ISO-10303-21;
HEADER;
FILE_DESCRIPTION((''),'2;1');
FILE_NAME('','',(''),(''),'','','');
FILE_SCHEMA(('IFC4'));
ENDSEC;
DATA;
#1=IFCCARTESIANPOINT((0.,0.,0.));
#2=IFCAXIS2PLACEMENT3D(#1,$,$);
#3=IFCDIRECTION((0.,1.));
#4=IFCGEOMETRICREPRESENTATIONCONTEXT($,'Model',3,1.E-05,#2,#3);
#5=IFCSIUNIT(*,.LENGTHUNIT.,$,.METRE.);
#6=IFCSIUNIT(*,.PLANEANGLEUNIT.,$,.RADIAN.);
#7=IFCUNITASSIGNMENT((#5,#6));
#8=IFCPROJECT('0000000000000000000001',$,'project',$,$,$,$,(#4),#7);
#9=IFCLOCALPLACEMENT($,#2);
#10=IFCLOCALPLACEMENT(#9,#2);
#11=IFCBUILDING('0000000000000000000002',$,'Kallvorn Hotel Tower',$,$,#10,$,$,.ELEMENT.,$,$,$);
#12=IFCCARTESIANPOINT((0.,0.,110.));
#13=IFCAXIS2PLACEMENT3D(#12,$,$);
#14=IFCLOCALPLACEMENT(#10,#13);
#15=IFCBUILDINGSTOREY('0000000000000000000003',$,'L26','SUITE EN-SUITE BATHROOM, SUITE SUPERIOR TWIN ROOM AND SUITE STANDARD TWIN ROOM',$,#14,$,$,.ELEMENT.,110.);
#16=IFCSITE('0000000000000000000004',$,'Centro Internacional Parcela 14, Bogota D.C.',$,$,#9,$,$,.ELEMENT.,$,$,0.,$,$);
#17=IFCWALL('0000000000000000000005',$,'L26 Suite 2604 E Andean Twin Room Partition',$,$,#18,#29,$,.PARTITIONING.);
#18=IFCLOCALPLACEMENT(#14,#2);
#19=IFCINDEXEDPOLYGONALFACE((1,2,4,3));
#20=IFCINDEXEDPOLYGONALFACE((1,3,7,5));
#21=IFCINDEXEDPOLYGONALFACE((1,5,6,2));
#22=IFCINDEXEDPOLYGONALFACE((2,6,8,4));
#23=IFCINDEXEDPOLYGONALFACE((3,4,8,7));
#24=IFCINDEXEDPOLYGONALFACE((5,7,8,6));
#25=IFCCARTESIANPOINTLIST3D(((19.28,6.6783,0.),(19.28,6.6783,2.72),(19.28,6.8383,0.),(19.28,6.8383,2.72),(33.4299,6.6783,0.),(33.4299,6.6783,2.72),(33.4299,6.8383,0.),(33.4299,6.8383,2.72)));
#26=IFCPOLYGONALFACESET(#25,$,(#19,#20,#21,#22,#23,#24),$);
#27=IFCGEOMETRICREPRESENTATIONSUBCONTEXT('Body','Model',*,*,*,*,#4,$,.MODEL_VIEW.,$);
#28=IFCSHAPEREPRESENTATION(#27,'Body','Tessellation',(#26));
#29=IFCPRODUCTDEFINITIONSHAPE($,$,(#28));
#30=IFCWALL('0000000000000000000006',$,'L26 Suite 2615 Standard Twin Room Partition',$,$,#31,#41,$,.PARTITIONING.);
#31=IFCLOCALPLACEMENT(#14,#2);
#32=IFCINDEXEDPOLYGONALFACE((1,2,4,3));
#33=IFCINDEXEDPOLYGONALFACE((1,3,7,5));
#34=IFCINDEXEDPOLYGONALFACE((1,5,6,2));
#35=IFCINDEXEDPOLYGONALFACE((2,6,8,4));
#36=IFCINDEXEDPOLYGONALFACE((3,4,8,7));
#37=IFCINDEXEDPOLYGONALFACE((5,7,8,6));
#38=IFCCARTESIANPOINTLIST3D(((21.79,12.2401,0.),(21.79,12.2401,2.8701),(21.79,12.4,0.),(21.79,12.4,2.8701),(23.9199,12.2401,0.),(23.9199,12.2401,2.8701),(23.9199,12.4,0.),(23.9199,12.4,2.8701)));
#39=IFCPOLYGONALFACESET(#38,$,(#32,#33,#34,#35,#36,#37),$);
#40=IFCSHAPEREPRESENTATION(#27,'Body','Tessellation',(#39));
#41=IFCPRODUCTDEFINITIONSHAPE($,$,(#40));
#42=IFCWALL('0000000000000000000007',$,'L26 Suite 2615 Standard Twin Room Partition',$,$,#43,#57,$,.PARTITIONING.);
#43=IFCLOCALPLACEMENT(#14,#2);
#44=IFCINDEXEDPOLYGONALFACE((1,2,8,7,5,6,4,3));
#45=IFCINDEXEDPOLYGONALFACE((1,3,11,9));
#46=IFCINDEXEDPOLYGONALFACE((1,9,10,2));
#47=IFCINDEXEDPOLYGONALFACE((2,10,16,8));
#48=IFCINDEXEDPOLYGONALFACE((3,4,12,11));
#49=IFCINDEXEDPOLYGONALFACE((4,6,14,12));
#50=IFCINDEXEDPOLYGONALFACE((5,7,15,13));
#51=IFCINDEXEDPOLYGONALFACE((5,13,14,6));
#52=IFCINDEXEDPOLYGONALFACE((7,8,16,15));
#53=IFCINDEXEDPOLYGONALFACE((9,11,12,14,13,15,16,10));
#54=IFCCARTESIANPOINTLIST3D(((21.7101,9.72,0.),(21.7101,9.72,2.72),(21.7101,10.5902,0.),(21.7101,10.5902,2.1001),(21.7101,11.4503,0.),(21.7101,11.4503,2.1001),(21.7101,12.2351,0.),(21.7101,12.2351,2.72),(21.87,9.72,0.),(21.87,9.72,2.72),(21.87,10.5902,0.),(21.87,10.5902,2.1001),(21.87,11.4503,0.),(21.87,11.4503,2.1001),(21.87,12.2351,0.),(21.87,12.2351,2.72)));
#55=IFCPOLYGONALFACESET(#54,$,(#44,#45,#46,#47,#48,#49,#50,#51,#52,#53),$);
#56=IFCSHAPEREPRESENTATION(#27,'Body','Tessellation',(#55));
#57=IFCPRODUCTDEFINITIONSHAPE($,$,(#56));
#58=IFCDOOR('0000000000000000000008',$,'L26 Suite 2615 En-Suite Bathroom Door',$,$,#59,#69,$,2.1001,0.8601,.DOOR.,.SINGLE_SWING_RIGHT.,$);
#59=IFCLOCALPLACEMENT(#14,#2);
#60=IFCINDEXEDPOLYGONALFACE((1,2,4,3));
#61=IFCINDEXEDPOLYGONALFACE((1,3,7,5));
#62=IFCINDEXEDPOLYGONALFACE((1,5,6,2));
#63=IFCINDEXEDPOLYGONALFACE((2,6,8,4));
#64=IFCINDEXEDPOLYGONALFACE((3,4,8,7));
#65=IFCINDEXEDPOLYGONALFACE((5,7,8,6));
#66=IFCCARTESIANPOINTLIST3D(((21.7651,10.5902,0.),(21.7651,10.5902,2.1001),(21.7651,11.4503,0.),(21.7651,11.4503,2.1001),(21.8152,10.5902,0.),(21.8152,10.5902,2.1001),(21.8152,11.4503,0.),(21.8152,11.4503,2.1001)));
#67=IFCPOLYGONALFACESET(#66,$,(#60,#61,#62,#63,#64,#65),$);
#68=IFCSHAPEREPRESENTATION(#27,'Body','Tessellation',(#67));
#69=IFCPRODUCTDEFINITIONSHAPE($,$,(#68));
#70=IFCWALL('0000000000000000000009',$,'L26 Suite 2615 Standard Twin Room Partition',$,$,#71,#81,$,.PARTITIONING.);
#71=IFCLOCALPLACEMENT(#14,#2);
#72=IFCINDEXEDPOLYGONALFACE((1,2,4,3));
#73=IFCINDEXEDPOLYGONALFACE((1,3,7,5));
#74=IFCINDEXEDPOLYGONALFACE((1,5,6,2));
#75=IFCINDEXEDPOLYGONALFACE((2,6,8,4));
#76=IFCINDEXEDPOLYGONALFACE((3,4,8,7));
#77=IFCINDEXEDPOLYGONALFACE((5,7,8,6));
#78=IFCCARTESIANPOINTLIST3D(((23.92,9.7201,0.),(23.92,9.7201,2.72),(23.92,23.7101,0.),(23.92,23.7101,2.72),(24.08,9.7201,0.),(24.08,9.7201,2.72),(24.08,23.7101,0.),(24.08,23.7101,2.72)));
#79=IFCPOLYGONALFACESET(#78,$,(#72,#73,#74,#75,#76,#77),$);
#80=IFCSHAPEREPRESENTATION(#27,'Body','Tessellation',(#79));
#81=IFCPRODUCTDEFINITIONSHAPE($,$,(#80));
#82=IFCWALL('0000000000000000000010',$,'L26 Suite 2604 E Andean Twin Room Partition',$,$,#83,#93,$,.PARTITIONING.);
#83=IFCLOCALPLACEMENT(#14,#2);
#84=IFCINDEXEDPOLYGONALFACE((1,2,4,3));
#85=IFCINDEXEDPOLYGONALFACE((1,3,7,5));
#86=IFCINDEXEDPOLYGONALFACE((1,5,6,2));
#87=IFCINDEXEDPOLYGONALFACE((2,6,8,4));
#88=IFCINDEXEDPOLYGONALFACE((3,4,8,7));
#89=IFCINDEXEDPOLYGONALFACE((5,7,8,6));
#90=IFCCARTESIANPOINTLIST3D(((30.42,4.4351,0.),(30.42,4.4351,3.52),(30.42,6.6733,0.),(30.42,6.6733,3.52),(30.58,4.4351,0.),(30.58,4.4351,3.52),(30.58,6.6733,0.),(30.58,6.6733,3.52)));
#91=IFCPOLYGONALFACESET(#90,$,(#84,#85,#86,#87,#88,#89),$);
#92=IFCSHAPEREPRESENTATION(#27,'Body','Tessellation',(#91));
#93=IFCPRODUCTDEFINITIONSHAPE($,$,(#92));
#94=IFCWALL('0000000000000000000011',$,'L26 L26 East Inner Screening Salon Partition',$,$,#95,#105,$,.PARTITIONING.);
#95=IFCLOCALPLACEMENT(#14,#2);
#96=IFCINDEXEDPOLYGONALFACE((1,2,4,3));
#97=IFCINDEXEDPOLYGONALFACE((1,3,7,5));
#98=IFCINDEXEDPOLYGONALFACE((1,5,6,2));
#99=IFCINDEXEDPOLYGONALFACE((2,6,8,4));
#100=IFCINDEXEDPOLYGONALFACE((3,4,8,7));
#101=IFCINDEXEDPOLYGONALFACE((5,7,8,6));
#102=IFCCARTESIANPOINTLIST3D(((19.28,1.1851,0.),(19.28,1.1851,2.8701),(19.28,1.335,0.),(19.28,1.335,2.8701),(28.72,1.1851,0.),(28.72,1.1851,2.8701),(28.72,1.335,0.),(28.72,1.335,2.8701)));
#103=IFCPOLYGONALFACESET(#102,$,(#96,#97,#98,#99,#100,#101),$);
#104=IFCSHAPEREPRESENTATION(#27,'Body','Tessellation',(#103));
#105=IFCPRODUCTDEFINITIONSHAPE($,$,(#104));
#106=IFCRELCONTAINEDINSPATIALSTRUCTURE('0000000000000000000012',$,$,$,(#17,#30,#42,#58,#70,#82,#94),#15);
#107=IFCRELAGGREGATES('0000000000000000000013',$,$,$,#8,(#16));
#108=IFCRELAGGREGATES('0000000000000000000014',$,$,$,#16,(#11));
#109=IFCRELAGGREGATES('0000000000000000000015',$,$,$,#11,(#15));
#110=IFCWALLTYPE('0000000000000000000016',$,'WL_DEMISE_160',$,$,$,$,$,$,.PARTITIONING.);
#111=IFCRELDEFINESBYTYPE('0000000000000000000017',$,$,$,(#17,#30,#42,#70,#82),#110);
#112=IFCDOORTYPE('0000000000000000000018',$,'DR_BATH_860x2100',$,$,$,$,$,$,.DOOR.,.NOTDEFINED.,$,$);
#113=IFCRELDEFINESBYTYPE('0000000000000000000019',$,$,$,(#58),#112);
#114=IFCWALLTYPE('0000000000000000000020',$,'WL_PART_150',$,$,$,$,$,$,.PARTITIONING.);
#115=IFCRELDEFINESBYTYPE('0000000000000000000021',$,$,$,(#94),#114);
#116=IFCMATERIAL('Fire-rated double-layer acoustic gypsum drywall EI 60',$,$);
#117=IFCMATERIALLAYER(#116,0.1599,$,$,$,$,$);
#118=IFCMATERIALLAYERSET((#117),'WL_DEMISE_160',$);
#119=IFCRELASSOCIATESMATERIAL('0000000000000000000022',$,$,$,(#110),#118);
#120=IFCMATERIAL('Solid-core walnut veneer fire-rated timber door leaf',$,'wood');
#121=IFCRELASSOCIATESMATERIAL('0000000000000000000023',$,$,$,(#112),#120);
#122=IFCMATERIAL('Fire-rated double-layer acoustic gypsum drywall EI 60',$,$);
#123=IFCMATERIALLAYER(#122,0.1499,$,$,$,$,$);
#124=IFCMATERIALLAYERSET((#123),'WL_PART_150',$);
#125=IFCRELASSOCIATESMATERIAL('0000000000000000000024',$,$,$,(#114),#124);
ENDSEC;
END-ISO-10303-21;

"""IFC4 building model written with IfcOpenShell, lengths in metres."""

from ifc_helpers import new_model, si_unit, direction, frame, frame_2d, origin, place, context, subcontext, project, spatial, rectangle, extrude, material, layer, layer_set, type_object, element, fill, save


model = new_model("IFC4")

# Units and contexts
model_context = context("Model", 3, precision=1e-05, world=origin(), true_north=direction((0.0, 1.0)))
body_context = subcontext(model_context, "Body", "Model", "MODEL_VIEW")
ifc_project = project(units=[si_unit("LENGTHUNIT", "METRE"), si_unit("PLANEANGLEUNIT", "RADIAN")], contexts=[model_context])

# Site, building, storey
site_placement = place(None, origin())
site = spatial("IfcSite", under=ifc_project, at=site_placement, Name="Centro Internacional Parcela 14, Bogota D.C.", CompositionType="ELEMENT", RefElevation=0.0)
building_placement = place(site_placement, origin())
building = spatial("IfcBuilding", under=site, at=building_placement, Name="Kallvorn Hotel Tower", CompositionType="ELEMENT")
storey_placement = place(building_placement, frame((0.0, 0.0, 110.0)))
storey = spatial("IfcBuildingStorey", under=building, at=storey_placement, Name="L26", Description="SUITE EN-SUITE BATHROOM, SUITE SUPERIOR TWIN ROOM AND SUITE STANDARD TWIN ROOM", CompositionType="ELEMENT", Elevation=110.0)

# Shared definitions
ifc_material_1 = material(Name="Fire-rated double-layer acoustic gypsum drywall EI 60")
ifc_layer_1 = layer(ifc_material_1, 0.1599)
ifc_layer_set_1 = layer_set([ifc_layer_1], Name="WL_DEMISE_160")
wall_type_1 = type_object("IfcWallType", Name="WL_DEMISE_160", PredefinedType="PARTITIONING", material=ifc_layer_set_1)
ifc_material_2 = material(Name="Solid-core walnut veneer fire-rated timber door leaf", Category="wood")
door_type = type_object("IfcDoorType", Name="DR_BATH_860x2100", OperationType="NOTDEFINED", PredefinedType="DOOR", material=ifc_material_2)

# Walls
wall_1_placement = place(storey_placement, frame((19.28, 6.7583, 0.0), z_axis=(0.0, 0.0, 1.0), x_axis=(1.0, 0.0, 0.0)))
element("IfcWall", 1, at=wall_1_placement, inside=storey, type_object=wall_type_1, Name="L26 Suite 2604 E Andean Twin Room Partition", PredefinedType="PARTITIONING", context=body_context, shape_type="SweptSolid", body=[
    extrude(rectangle(XDim=14.1499, YDim=0.1599, at=frame_2d((7.075, 0.0))), origin(), (0.0, 0.0, 1.0), 2.72),
])
wall_2_placement = place(storey_placement, frame((21.79, 12.3201, 0.0), z_axis=(0.0, 0.0, 1.0), x_axis=(1.0, 0.0, 0.0)))
element("IfcWall", 2, at=wall_2_placement, inside=storey, type_object=wall_type_1, Name="L26 Suite 2615 Standard Twin Room Partition", PredefinedType="PARTITIONING", context=body_context, shape_type="SweptSolid", body=[
    extrude(rectangle(XDim=2.1299, YDim=0.1599, at=frame_2d((1.0649, 0.0))), origin(), (0.0, 0.0, 1.0), 2.8701),
])

# Wall, opening, door
wall_3_placement = place(storey_placement, frame((21.79, 9.72, 0.0), z_axis=(0.0, 0.0, 1.0), x_axis=(0.0, 1.0, 0.0)))
wall_3 = element("IfcWall", 3, at=wall_3_placement, inside=storey, type_object=wall_type_1, Name="L26 Suite 2615 Standard Twin Room Partition", PredefinedType="PARTITIONING", context=body_context, shape_type="SweptSolid", body=[
    extrude(rectangle(XDim=2.5151, YDim=0.1599, at=frame_2d((1.2576, 0.0))), origin(), (0.0, 0.0, 1.0), 2.72),
])
opening_1_placement = place(wall_3_placement, frame((0.8701, 0.0, 0.0)))
opening_1 = element("IfcOpeningElement", 4, at=opening_1_placement, cuts=wall_3, PredefinedType="OPENING", context=body_context, shape_type="SweptSolid", body=[
    extrude(rectangle(XDim=0.8601, YDim=2.1001, at=frame_2d((0.4302, 1.05))), frame((0.0, 0.095, 0.0), z_axis=(0.0, -1.0, 0.0), x_axis=(1.0, 0.0, 0.0)), (0.0, 0.0, 1.0), 0.1899),
])
door_1_placement = place(opening_1_placement, origin())
door_1 = element("IfcDoor", 5, at=door_1_placement, inside=storey, type_object=door_type, Name="L26 Suite 2615 En-Suite Bathroom Door", OperationType="SINGLE_SWING_RIGHT", OverallHeight=2.1001, OverallWidth=0.8601, PredefinedType="DOOR", context=body_context, shape_type="SweptSolid", body=[
    extrude(rectangle(XDim=0.8601, YDim=2.1001, at=frame_2d((0.4302, 1.05))), frame((0.0, 0.0249, 0.0), z_axis=(0.0, -1.0, 0.0), x_axis=(1.0, 0.0, 0.0)), (0.0, 0.0, 1.0), 0.05),
])
fill(opening_1, door_1)

# Walls
wall_4_placement = place(storey_placement, frame((24.0, 9.72, 0.0), z_axis=(0.0, 0.0, 1.0), x_axis=(0.0, 1.0, 0.0)))
element("IfcWall", 6, at=wall_4_placement, inside=storey, type_object=wall_type_1, Name="L26 Suite 2615 Standard Twin Room Partition", PredefinedType="PARTITIONING", context=body_context, shape_type="SweptSolid", body=[
    extrude(rectangle(XDim=13.99, YDim=0.1599, at=frame_2d((6.9951, 0.0))), origin(), (0.0, 0.0, 1.0), 2.72),
])
wall_5_placement = place(storey_placement, frame((30.5, 4.4351, 0.0), z_axis=(0.0, 0.0, 1.0), x_axis=(0.0, 1.0, 0.0)))
element("IfcWall", 7, at=wall_5_placement, inside=storey, type_object=wall_type_1, Name="L26 Suite 2604 E Andean Twin Room Partition", PredefinedType="PARTITIONING", context=body_context, shape_type="SweptSolid", body=[
    extrude(rectangle(XDim=2.2383, YDim=0.1599, at=frame_2d((1.1191, 0.0))), origin(), (0.0, 0.0, 1.0), 3.52),
])
ifc_material_3 = material(Name="Fire-rated double-layer acoustic gypsum drywall EI 60")
ifc_layer_2 = layer(ifc_material_3, 0.1499)
ifc_layer_set_2 = layer_set([ifc_layer_2], Name="WL_PART_150")
wall_type_2 = type_object("IfcWallType", Name="WL_PART_150", PredefinedType="PARTITIONING", material=ifc_layer_set_2)
wall_6_placement = place(storey_placement, frame((19.28, 1.26, 0.0), z_axis=(0.0, 0.0, 1.0), x_axis=(1.0, 0.0, 0.0)))
element("IfcWall", 8, at=wall_6_placement, inside=storey, type_object=wall_type_2, Name="L26 L26 East Inner Screening Salon Partition", PredefinedType="PARTITIONING", context=body_context, shape_type="SweptSolid", body=[
    extrude(rectangle(XDim=9.4399, YDim=0.1499, at=frame_2d((4.72, 0.0))), origin(), (0.0, 0.0, 1.0), 2.8701),
])

save(model, "model.ifc")
